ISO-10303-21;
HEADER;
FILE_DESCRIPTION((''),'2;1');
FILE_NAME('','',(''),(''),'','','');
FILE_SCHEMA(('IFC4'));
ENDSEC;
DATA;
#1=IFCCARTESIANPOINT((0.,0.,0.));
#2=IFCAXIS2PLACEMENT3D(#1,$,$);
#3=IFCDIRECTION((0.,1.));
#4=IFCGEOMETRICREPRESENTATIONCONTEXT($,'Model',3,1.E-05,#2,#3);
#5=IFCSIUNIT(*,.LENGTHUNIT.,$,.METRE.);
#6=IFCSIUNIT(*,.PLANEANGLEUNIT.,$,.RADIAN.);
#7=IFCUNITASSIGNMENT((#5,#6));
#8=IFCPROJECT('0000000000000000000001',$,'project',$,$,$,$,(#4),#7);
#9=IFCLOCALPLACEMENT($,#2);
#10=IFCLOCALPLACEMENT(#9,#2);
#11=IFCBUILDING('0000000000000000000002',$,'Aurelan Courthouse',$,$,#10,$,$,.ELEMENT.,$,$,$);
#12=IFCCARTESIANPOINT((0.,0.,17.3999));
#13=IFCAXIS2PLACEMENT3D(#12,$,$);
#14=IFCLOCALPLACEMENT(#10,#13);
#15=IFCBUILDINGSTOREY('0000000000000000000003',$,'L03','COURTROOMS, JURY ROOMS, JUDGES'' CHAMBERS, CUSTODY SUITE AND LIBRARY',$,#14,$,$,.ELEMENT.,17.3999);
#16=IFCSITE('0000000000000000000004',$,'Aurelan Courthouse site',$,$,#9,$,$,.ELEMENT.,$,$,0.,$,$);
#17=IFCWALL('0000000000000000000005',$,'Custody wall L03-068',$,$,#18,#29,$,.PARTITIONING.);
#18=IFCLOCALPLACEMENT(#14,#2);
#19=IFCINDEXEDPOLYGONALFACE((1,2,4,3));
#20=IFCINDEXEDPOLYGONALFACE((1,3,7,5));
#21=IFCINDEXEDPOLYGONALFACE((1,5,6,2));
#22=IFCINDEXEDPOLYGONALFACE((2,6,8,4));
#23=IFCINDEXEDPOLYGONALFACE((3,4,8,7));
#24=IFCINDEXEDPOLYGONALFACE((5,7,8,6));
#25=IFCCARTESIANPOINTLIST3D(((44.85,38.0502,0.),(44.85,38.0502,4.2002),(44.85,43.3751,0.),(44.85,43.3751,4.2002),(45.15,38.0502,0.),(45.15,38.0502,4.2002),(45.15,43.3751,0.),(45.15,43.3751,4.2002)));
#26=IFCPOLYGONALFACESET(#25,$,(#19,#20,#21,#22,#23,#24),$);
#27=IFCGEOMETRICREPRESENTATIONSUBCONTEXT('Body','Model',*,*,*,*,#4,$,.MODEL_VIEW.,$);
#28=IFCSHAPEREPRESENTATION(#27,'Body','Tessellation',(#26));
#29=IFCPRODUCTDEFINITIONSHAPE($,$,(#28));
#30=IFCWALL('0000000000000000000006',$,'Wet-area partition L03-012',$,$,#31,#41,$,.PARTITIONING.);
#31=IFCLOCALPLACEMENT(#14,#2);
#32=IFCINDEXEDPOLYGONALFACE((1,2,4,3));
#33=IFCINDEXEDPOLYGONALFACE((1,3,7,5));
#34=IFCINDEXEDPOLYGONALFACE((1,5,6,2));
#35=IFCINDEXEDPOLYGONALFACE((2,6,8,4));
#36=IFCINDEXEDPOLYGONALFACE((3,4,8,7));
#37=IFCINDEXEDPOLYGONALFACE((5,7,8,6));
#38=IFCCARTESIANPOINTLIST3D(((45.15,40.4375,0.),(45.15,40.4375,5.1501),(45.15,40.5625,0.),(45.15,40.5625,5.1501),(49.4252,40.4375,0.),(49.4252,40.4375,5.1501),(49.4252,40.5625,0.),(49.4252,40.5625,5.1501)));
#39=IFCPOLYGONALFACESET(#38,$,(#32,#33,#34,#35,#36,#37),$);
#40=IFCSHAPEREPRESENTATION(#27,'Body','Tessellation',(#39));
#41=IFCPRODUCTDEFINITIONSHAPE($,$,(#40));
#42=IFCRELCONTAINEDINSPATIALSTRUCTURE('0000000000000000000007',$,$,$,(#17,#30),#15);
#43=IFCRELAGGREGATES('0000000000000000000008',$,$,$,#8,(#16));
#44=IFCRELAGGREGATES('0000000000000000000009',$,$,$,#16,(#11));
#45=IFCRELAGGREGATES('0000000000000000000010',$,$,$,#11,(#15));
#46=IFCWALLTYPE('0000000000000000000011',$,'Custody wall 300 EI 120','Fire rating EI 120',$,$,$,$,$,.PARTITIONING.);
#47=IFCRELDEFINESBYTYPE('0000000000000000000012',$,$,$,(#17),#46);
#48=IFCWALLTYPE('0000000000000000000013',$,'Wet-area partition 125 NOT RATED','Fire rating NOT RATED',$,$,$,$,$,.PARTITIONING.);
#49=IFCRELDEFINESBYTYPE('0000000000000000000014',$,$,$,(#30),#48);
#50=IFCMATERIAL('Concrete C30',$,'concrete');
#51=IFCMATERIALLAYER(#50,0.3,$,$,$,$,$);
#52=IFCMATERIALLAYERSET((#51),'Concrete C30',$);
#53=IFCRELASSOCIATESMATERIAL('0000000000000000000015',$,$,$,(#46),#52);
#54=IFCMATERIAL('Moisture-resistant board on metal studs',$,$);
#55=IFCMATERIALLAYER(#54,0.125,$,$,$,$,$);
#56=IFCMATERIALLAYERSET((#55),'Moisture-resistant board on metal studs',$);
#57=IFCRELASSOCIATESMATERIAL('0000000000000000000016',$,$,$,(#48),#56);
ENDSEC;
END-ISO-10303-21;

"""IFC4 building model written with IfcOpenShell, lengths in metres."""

from ifc_helpers import new_model, si_unit, direction, frame, frame_2d, origin, place, context, subcontext, project, spatial, rectangle, extrude, material, layer, layer_set, type_object, element, save


model = new_model("IFC4")

# Units and contexts
model_context = context("Model", 3, precision=1e-05, world=origin(), true_north=direction((0.0, 1.0)))
body_context = subcontext(model_context, "Body", "Model", "MODEL_VIEW")
ifc_project = project(units=[si_unit("LENGTHUNIT", "METRE"), si_unit("PLANEANGLEUNIT", "RADIAN")], contexts=[model_context])

# Site, building, storey
site_placement = place(None, origin())
site = spatial("IfcSite", under=ifc_project, at=site_placement, Name="Aurelan Courthouse site", CompositionType="ELEMENT", RefElevation=0.0)
building_placement = place(site_placement, origin())
building = spatial("IfcBuilding", under=site, at=building_placement, Name="Aurelan Courthouse", CompositionType="ELEMENT")
storey_placement = place(building_placement, frame((0.0, 0.0, 17.3999)))
storey = spatial("IfcBuildingStorey", under=building, at=storey_placement, Name="L03", Description="COURTROOMS, JURY ROOMS, JUDGES' CHAMBERS, CUSTODY SUITE AND LIBRARY", CompositionType="ELEMENT", Elevation=17.3999)

# Shared definitions
ifc_material_1 = material(Name="Concrete C30", Category="concrete")
ifc_layer_1 = layer(ifc_material_1, 0.3)
ifc_layer_set_1 = layer_set([ifc_layer_1], Name="Concrete C30")
wall_type_1 = type_object("IfcWallType", Name="Custody wall 300 EI 120", Description="Fire rating EI 120", PredefinedType="PARTITIONING", material=ifc_layer_set_1)

# Walls
wall_1_placement = place(storey_placement, frame((45.0, 38.05, 0.0), z_axis=(0.0, 0.0, 1.0), x_axis=(0.0, 1.0, 0.0)))
element("IfcWall", 1, at=wall_1_placement, inside=storey, type_object=wall_type_1, Name="Custody wall L03-068", PredefinedType="PARTITIONING", context=body_context, shape_type="SweptSolid", body=[
    extrude(rectangle(XDim=5.325, YDim=0.3, at=frame_2d((2.6626, 0.0))), origin(), (0.0, 0.0, 1.0), 4.2002),
])
ifc_material_2 = material(Name="Moisture-resistant board on metal studs")
ifc_layer_2 = layer(ifc_material_2, 0.125)
ifc_layer_set_2 = layer_set([ifc_layer_2], Name="Moisture-resistant board on metal studs")
wall_type_2 = type_object("IfcWallType", Name="Wet-area partition 125 NOT RATED", Description="Fire rating NOT RATED", PredefinedType="PARTITIONING", material=ifc_layer_set_2)
wall_2_placement = place(storey_placement, frame((45.1499, 40.5, 0.0), z_axis=(0.0, 0.0, 1.0), x_axis=(1.0, 0.0, 0.0)))
element("IfcWall", 2, at=wall_2_placement, inside=storey, type_object=wall_type_2, Name="Wet-area partition L03-012", PredefinedType="PARTITIONING", context=body_context, shape_type="SweptSolid", body=[
    extrude(rectangle(XDim=4.2751, YDim=0.125, at=frame_2d((2.1377, 0.0))), origin(), (0.0, 0.0, 1.0), 5.1501),
])

save(model, "model.ifc")
